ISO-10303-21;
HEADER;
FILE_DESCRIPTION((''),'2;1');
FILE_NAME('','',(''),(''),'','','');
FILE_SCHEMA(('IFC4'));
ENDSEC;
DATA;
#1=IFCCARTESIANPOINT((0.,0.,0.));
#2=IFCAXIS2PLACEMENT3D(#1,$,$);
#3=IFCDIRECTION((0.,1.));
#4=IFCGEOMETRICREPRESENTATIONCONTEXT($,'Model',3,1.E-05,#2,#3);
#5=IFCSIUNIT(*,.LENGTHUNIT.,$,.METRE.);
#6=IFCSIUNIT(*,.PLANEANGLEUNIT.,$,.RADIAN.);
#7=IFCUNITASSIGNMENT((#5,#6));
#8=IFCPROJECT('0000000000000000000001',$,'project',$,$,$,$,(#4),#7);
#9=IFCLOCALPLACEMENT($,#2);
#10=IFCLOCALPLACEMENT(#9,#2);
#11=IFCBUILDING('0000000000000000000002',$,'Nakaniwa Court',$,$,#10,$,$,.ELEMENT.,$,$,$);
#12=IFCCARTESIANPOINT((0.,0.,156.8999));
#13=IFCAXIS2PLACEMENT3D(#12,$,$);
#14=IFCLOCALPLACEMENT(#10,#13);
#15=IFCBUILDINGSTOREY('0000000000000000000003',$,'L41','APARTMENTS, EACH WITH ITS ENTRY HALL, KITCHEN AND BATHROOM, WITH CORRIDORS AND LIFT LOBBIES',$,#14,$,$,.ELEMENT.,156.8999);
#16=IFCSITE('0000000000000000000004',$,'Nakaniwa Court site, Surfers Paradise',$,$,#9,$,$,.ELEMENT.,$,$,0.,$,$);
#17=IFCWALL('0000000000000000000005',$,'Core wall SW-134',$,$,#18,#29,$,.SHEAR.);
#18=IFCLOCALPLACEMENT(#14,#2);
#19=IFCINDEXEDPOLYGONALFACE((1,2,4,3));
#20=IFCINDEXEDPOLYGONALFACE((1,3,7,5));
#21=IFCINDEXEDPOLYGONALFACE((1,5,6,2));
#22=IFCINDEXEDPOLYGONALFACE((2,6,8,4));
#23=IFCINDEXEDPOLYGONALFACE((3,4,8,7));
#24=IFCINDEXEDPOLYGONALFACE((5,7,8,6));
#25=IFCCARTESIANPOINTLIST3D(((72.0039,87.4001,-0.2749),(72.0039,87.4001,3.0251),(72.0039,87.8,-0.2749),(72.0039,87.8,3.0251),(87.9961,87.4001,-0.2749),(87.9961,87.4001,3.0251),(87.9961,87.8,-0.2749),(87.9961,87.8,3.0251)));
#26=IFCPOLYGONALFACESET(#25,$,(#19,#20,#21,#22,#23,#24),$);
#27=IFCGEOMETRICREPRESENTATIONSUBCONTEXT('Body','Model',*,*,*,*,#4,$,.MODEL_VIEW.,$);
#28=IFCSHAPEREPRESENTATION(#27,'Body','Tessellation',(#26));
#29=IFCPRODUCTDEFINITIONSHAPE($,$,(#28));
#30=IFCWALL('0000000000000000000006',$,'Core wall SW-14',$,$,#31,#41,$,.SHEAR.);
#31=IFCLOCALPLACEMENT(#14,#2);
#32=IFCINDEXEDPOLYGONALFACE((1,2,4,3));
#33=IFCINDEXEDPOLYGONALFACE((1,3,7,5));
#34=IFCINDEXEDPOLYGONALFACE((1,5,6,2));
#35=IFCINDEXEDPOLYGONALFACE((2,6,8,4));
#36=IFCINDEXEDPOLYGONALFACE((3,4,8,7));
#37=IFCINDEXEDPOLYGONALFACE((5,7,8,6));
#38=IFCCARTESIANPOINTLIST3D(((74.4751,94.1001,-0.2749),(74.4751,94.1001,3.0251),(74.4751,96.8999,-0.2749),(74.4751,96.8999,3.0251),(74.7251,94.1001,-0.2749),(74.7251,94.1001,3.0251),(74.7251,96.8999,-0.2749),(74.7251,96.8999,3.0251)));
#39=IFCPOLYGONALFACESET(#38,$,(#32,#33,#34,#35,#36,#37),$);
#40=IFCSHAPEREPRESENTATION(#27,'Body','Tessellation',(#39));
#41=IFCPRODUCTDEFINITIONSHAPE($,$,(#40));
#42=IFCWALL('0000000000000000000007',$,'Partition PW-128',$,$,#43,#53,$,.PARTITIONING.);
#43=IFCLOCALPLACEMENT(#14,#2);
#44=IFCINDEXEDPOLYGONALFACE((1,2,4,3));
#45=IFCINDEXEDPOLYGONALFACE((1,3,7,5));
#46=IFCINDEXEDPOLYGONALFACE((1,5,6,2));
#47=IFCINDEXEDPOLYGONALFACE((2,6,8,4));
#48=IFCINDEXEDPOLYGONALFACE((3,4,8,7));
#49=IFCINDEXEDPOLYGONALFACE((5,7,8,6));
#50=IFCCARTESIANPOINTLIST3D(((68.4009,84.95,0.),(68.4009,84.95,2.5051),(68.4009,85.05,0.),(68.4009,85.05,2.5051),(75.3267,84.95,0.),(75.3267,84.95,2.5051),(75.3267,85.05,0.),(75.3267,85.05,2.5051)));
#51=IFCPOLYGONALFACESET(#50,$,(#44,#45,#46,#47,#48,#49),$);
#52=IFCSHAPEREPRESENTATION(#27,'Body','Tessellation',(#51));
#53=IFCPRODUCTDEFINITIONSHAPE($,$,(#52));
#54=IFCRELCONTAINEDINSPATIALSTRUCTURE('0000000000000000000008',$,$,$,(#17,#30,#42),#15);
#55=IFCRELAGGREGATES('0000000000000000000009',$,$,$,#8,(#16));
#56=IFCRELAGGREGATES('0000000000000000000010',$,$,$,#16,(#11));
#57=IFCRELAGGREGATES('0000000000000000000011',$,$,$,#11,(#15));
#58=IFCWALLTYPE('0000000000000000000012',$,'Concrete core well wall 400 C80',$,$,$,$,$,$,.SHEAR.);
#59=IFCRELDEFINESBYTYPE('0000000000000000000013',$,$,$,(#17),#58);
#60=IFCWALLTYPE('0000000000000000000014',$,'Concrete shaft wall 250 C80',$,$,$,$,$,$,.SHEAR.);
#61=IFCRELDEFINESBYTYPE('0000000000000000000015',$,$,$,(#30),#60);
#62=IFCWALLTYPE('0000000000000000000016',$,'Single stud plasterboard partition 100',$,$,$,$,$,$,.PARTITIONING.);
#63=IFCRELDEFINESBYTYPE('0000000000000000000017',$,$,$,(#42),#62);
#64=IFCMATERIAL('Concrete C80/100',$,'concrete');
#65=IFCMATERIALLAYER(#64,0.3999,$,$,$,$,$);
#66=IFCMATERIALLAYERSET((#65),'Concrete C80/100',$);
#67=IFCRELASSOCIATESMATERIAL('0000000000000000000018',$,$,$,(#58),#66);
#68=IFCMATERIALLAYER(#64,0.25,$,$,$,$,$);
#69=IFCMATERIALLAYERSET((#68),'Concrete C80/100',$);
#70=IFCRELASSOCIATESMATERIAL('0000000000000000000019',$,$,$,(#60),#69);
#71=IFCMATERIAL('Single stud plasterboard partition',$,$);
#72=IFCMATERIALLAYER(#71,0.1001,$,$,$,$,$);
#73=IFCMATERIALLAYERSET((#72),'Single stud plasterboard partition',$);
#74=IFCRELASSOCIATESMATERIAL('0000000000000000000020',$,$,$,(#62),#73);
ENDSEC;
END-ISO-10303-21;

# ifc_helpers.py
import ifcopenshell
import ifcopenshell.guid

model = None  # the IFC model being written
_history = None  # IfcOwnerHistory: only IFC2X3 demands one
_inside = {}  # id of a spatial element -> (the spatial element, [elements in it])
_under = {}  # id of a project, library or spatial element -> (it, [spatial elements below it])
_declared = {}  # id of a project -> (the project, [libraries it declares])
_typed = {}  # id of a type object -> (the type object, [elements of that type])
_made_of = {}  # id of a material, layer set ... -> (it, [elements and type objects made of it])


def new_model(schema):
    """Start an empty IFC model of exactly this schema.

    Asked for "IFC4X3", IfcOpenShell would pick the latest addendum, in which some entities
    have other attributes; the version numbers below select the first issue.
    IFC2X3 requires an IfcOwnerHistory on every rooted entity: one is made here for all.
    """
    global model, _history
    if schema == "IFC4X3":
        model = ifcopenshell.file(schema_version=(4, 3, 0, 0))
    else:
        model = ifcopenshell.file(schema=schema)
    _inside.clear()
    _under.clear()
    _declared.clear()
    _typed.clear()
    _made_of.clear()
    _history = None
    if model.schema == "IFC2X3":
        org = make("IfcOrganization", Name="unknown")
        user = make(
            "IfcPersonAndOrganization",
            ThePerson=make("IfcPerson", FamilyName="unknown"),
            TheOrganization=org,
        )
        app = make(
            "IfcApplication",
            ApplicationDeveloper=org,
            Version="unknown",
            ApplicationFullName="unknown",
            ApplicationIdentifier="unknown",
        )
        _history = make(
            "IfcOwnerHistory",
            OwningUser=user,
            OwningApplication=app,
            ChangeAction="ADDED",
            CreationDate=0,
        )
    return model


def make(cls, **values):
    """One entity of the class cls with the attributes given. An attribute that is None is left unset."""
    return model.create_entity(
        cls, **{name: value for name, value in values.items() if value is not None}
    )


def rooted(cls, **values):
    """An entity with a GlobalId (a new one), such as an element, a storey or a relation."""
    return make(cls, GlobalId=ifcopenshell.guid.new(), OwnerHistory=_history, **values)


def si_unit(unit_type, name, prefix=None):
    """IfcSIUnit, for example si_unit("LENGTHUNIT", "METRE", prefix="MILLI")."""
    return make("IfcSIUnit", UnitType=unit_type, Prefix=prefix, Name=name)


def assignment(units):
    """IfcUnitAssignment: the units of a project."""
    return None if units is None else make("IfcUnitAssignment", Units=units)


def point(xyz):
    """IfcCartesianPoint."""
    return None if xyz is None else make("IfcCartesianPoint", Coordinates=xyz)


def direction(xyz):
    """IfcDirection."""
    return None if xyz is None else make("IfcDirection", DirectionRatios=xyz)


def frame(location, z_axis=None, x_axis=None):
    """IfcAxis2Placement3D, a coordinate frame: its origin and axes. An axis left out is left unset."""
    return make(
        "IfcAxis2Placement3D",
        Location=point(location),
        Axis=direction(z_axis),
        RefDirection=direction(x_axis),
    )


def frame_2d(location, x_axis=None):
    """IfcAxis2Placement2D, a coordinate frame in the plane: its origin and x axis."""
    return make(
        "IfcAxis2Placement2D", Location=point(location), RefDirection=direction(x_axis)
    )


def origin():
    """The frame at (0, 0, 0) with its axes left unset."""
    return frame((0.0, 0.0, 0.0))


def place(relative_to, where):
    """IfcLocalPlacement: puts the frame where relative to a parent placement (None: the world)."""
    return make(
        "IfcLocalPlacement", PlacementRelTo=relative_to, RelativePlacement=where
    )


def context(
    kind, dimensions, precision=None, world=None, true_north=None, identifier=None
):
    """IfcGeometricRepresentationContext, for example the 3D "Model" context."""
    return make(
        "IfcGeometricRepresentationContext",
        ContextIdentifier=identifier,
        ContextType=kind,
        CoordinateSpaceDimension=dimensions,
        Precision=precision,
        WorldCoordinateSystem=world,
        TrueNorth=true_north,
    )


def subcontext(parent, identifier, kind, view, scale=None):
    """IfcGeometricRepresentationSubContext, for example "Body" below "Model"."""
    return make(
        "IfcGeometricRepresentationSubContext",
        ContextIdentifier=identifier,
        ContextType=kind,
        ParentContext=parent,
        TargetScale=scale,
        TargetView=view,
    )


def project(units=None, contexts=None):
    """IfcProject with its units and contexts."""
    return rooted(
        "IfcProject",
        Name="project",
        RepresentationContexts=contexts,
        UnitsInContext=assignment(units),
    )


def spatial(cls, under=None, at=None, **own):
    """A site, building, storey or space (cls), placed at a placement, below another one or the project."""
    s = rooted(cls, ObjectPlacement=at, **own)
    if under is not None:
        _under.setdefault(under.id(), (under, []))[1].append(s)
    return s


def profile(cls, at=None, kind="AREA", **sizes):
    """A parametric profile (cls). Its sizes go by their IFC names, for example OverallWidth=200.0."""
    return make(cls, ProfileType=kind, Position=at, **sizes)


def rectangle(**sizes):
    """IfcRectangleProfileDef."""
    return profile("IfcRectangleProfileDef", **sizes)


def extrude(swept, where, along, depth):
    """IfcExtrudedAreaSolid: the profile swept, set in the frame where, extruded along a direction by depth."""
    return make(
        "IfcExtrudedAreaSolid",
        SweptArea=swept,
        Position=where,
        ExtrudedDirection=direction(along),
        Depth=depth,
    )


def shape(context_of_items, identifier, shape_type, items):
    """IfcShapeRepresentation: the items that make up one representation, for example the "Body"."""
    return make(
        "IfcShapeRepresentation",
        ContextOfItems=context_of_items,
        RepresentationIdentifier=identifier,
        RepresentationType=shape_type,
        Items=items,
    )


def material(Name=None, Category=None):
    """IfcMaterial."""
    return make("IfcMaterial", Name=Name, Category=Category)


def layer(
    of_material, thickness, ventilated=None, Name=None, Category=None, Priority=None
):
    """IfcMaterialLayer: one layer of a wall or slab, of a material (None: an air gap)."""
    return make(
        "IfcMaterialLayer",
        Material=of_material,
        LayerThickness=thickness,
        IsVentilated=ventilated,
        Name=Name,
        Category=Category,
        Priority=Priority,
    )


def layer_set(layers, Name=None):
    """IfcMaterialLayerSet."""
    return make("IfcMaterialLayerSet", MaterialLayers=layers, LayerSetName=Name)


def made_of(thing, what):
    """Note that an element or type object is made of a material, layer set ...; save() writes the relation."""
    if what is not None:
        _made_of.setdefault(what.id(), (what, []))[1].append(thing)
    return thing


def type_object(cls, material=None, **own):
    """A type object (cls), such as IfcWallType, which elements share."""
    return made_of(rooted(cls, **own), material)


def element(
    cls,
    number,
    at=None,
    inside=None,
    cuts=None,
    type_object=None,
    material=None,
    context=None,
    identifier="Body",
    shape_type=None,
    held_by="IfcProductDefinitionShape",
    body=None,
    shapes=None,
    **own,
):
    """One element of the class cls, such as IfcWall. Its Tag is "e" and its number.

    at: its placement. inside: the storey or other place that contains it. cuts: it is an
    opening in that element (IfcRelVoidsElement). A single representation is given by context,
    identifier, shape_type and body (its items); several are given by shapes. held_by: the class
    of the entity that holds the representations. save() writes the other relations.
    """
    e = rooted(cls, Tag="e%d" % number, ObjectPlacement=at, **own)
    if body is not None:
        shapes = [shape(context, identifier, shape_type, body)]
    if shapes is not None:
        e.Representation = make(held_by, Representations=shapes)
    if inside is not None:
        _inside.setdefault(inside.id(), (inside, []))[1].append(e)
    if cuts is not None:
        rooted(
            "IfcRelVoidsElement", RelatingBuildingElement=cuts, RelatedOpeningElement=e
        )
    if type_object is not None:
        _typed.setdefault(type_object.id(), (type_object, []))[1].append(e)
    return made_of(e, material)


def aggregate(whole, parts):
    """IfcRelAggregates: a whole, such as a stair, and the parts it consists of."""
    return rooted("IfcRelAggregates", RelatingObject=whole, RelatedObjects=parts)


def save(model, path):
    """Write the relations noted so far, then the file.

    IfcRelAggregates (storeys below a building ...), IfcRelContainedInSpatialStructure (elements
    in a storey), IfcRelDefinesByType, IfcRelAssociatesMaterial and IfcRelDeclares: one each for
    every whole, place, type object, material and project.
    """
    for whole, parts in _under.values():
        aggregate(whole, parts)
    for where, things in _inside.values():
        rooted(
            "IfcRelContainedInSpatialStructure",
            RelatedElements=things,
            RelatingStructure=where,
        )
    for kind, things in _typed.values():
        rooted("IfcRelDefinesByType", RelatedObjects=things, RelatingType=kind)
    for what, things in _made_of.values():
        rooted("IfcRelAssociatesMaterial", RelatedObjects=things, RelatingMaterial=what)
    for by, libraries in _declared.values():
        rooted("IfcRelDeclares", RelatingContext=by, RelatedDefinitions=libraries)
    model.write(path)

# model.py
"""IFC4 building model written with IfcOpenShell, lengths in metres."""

from ifc_helpers import new_model, si_unit, direction, frame, frame_2d, origin, place, context, subcontext, project, spatial, rectangle, extrude, material, layer, layer_set, type_object, element, save


model = new_model("IFC4")

# Units and contexts
model_context = context("Model", 3, precision=1e-05, world=origin(), true_north=direction((0.0, 1.0)))
body_context = subcontext(model_context, "Body", "Model", "MODEL_VIEW")
ifc_project = project(units=[si_unit("LENGTHUNIT", "METRE"), si_unit("PLANEANGLEUNIT", "RADIAN")], contexts=[model_context])

# Site, building, storey
site_placement = place(None, origin())
site = spatial("IfcSite", under=ifc_project, at=site_placement, Name="Nakaniwa Court site, Surfers Paradise", CompositionType="ELEMENT", RefElevation=0.0)
building_placement = place(site_placement, origin())
building = spatial("IfcBuilding", under=site, at=building_placement, Name="Nakaniwa Court", CompositionType="ELEMENT")
storey_placement = place(building_placement, frame((0.0, 0.0, 156.8999)))
storey = spatial("IfcBuildingStorey", under=building, at=storey_placement, Name="L41", Description="APARTMENTS, EACH WITH ITS ENTRY HALL, KITCHEN AND BATHROOM, WITH CORRIDORS AND LIFT LOBBIES", CompositionType="ELEMENT", Elevation=156.8999)

# Shared definitions
ifc_material_1 = material(Name="Concrete C80/100", Category="concrete")

# Walls
ifc_layer_1 = layer(ifc_material_1, 0.3999)
ifc_layer_set_1 = layer_set([ifc_layer_1], Name="Concrete C80/100")
wall_type_1 = type_object("IfcWallType", Name="Concrete core well wall 400 C80", PredefinedType="SHEAR", material=ifc_layer_set_1)
wall_1_placement = place(storey_placement, frame((72.0039, 87.6001, -0.2749), z_axis=(0.0, 0.0, 1.0), x_axis=(1.0, 0.0, 0.0)))
element("IfcWall", 1, at=wall_1_placement, inside=storey, type_object=wall_type_1, Name="Core wall SW-134", PredefinedType="SHEAR", context=body_context, shape_type="SweptSolid", body=[
    extrude(rectangle(XDim=15.9922, YDim=0.3999, at=frame_2d((7.9961, 0.0))), origin(), (0.0, 0.0, 1.0), 3.3),
])
ifc_layer_2 = layer(ifc_material_1, 0.25)
ifc_layer_set_2 = layer_set([ifc_layer_2], Name="Concrete C80/100")
wall_type_2 = type_object("IfcWallType", Name="Concrete shaft wall 250 C80", PredefinedType="SHEAR", material=ifc_layer_set_2)
wall_2_placement = place(storey_placement, frame((74.6001, 94.1001, -0.2749), z_axis=(0.0, 0.0, 1.0), x_axis=(0.0, 1.0, 0.0)))
element("IfcWall", 2, at=wall_2_placement, inside=storey, type_object=wall_type_2, Name="Core wall SW-14", PredefinedType="SHEAR", context=body_context, shape_type="SweptSolid", body=[
    extrude(rectangle(XDim=2.7998, YDim=0.25, at=frame_2d((1.3999, 0.0))), origin(), (0.0, 0.0, 1.0), 3.3),
])
ifc_material_2 = material(Name="Single stud plasterboard partition")
ifc_layer_3 = layer(ifc_material_2, 0.1001)
ifc_layer_set_3 = layer_set([ifc_layer_3], Name="Single stud plasterboard partition")
wall_type_3 = type_object("IfcWallType", Name="Single stud plasterboard partition 100", PredefinedType="PARTITIONING", material=ifc_layer_set_3)
wall_3_placement = place(storey_placement, frame((68.4009, 85.0, 0.0), z_axis=(0.0, 0.0, 1.0), x_axis=(1.0, 0.0, 0.0)))
element("IfcWall", 3, at=wall_3_placement, inside=storey, type_object=wall_type_3, Name="Partition PW-128", PredefinedType="PARTITIONING", context=body_context, shape_type="SweptSolid", body=[
    extrude(rectangle(XDim=6.9258, YDim=0.1001, at=frame_2d((3.4629, 0.0))), origin(), (0.0, 0.0, 1.0), 2.5051),
])

save(model, "model.ifc")
